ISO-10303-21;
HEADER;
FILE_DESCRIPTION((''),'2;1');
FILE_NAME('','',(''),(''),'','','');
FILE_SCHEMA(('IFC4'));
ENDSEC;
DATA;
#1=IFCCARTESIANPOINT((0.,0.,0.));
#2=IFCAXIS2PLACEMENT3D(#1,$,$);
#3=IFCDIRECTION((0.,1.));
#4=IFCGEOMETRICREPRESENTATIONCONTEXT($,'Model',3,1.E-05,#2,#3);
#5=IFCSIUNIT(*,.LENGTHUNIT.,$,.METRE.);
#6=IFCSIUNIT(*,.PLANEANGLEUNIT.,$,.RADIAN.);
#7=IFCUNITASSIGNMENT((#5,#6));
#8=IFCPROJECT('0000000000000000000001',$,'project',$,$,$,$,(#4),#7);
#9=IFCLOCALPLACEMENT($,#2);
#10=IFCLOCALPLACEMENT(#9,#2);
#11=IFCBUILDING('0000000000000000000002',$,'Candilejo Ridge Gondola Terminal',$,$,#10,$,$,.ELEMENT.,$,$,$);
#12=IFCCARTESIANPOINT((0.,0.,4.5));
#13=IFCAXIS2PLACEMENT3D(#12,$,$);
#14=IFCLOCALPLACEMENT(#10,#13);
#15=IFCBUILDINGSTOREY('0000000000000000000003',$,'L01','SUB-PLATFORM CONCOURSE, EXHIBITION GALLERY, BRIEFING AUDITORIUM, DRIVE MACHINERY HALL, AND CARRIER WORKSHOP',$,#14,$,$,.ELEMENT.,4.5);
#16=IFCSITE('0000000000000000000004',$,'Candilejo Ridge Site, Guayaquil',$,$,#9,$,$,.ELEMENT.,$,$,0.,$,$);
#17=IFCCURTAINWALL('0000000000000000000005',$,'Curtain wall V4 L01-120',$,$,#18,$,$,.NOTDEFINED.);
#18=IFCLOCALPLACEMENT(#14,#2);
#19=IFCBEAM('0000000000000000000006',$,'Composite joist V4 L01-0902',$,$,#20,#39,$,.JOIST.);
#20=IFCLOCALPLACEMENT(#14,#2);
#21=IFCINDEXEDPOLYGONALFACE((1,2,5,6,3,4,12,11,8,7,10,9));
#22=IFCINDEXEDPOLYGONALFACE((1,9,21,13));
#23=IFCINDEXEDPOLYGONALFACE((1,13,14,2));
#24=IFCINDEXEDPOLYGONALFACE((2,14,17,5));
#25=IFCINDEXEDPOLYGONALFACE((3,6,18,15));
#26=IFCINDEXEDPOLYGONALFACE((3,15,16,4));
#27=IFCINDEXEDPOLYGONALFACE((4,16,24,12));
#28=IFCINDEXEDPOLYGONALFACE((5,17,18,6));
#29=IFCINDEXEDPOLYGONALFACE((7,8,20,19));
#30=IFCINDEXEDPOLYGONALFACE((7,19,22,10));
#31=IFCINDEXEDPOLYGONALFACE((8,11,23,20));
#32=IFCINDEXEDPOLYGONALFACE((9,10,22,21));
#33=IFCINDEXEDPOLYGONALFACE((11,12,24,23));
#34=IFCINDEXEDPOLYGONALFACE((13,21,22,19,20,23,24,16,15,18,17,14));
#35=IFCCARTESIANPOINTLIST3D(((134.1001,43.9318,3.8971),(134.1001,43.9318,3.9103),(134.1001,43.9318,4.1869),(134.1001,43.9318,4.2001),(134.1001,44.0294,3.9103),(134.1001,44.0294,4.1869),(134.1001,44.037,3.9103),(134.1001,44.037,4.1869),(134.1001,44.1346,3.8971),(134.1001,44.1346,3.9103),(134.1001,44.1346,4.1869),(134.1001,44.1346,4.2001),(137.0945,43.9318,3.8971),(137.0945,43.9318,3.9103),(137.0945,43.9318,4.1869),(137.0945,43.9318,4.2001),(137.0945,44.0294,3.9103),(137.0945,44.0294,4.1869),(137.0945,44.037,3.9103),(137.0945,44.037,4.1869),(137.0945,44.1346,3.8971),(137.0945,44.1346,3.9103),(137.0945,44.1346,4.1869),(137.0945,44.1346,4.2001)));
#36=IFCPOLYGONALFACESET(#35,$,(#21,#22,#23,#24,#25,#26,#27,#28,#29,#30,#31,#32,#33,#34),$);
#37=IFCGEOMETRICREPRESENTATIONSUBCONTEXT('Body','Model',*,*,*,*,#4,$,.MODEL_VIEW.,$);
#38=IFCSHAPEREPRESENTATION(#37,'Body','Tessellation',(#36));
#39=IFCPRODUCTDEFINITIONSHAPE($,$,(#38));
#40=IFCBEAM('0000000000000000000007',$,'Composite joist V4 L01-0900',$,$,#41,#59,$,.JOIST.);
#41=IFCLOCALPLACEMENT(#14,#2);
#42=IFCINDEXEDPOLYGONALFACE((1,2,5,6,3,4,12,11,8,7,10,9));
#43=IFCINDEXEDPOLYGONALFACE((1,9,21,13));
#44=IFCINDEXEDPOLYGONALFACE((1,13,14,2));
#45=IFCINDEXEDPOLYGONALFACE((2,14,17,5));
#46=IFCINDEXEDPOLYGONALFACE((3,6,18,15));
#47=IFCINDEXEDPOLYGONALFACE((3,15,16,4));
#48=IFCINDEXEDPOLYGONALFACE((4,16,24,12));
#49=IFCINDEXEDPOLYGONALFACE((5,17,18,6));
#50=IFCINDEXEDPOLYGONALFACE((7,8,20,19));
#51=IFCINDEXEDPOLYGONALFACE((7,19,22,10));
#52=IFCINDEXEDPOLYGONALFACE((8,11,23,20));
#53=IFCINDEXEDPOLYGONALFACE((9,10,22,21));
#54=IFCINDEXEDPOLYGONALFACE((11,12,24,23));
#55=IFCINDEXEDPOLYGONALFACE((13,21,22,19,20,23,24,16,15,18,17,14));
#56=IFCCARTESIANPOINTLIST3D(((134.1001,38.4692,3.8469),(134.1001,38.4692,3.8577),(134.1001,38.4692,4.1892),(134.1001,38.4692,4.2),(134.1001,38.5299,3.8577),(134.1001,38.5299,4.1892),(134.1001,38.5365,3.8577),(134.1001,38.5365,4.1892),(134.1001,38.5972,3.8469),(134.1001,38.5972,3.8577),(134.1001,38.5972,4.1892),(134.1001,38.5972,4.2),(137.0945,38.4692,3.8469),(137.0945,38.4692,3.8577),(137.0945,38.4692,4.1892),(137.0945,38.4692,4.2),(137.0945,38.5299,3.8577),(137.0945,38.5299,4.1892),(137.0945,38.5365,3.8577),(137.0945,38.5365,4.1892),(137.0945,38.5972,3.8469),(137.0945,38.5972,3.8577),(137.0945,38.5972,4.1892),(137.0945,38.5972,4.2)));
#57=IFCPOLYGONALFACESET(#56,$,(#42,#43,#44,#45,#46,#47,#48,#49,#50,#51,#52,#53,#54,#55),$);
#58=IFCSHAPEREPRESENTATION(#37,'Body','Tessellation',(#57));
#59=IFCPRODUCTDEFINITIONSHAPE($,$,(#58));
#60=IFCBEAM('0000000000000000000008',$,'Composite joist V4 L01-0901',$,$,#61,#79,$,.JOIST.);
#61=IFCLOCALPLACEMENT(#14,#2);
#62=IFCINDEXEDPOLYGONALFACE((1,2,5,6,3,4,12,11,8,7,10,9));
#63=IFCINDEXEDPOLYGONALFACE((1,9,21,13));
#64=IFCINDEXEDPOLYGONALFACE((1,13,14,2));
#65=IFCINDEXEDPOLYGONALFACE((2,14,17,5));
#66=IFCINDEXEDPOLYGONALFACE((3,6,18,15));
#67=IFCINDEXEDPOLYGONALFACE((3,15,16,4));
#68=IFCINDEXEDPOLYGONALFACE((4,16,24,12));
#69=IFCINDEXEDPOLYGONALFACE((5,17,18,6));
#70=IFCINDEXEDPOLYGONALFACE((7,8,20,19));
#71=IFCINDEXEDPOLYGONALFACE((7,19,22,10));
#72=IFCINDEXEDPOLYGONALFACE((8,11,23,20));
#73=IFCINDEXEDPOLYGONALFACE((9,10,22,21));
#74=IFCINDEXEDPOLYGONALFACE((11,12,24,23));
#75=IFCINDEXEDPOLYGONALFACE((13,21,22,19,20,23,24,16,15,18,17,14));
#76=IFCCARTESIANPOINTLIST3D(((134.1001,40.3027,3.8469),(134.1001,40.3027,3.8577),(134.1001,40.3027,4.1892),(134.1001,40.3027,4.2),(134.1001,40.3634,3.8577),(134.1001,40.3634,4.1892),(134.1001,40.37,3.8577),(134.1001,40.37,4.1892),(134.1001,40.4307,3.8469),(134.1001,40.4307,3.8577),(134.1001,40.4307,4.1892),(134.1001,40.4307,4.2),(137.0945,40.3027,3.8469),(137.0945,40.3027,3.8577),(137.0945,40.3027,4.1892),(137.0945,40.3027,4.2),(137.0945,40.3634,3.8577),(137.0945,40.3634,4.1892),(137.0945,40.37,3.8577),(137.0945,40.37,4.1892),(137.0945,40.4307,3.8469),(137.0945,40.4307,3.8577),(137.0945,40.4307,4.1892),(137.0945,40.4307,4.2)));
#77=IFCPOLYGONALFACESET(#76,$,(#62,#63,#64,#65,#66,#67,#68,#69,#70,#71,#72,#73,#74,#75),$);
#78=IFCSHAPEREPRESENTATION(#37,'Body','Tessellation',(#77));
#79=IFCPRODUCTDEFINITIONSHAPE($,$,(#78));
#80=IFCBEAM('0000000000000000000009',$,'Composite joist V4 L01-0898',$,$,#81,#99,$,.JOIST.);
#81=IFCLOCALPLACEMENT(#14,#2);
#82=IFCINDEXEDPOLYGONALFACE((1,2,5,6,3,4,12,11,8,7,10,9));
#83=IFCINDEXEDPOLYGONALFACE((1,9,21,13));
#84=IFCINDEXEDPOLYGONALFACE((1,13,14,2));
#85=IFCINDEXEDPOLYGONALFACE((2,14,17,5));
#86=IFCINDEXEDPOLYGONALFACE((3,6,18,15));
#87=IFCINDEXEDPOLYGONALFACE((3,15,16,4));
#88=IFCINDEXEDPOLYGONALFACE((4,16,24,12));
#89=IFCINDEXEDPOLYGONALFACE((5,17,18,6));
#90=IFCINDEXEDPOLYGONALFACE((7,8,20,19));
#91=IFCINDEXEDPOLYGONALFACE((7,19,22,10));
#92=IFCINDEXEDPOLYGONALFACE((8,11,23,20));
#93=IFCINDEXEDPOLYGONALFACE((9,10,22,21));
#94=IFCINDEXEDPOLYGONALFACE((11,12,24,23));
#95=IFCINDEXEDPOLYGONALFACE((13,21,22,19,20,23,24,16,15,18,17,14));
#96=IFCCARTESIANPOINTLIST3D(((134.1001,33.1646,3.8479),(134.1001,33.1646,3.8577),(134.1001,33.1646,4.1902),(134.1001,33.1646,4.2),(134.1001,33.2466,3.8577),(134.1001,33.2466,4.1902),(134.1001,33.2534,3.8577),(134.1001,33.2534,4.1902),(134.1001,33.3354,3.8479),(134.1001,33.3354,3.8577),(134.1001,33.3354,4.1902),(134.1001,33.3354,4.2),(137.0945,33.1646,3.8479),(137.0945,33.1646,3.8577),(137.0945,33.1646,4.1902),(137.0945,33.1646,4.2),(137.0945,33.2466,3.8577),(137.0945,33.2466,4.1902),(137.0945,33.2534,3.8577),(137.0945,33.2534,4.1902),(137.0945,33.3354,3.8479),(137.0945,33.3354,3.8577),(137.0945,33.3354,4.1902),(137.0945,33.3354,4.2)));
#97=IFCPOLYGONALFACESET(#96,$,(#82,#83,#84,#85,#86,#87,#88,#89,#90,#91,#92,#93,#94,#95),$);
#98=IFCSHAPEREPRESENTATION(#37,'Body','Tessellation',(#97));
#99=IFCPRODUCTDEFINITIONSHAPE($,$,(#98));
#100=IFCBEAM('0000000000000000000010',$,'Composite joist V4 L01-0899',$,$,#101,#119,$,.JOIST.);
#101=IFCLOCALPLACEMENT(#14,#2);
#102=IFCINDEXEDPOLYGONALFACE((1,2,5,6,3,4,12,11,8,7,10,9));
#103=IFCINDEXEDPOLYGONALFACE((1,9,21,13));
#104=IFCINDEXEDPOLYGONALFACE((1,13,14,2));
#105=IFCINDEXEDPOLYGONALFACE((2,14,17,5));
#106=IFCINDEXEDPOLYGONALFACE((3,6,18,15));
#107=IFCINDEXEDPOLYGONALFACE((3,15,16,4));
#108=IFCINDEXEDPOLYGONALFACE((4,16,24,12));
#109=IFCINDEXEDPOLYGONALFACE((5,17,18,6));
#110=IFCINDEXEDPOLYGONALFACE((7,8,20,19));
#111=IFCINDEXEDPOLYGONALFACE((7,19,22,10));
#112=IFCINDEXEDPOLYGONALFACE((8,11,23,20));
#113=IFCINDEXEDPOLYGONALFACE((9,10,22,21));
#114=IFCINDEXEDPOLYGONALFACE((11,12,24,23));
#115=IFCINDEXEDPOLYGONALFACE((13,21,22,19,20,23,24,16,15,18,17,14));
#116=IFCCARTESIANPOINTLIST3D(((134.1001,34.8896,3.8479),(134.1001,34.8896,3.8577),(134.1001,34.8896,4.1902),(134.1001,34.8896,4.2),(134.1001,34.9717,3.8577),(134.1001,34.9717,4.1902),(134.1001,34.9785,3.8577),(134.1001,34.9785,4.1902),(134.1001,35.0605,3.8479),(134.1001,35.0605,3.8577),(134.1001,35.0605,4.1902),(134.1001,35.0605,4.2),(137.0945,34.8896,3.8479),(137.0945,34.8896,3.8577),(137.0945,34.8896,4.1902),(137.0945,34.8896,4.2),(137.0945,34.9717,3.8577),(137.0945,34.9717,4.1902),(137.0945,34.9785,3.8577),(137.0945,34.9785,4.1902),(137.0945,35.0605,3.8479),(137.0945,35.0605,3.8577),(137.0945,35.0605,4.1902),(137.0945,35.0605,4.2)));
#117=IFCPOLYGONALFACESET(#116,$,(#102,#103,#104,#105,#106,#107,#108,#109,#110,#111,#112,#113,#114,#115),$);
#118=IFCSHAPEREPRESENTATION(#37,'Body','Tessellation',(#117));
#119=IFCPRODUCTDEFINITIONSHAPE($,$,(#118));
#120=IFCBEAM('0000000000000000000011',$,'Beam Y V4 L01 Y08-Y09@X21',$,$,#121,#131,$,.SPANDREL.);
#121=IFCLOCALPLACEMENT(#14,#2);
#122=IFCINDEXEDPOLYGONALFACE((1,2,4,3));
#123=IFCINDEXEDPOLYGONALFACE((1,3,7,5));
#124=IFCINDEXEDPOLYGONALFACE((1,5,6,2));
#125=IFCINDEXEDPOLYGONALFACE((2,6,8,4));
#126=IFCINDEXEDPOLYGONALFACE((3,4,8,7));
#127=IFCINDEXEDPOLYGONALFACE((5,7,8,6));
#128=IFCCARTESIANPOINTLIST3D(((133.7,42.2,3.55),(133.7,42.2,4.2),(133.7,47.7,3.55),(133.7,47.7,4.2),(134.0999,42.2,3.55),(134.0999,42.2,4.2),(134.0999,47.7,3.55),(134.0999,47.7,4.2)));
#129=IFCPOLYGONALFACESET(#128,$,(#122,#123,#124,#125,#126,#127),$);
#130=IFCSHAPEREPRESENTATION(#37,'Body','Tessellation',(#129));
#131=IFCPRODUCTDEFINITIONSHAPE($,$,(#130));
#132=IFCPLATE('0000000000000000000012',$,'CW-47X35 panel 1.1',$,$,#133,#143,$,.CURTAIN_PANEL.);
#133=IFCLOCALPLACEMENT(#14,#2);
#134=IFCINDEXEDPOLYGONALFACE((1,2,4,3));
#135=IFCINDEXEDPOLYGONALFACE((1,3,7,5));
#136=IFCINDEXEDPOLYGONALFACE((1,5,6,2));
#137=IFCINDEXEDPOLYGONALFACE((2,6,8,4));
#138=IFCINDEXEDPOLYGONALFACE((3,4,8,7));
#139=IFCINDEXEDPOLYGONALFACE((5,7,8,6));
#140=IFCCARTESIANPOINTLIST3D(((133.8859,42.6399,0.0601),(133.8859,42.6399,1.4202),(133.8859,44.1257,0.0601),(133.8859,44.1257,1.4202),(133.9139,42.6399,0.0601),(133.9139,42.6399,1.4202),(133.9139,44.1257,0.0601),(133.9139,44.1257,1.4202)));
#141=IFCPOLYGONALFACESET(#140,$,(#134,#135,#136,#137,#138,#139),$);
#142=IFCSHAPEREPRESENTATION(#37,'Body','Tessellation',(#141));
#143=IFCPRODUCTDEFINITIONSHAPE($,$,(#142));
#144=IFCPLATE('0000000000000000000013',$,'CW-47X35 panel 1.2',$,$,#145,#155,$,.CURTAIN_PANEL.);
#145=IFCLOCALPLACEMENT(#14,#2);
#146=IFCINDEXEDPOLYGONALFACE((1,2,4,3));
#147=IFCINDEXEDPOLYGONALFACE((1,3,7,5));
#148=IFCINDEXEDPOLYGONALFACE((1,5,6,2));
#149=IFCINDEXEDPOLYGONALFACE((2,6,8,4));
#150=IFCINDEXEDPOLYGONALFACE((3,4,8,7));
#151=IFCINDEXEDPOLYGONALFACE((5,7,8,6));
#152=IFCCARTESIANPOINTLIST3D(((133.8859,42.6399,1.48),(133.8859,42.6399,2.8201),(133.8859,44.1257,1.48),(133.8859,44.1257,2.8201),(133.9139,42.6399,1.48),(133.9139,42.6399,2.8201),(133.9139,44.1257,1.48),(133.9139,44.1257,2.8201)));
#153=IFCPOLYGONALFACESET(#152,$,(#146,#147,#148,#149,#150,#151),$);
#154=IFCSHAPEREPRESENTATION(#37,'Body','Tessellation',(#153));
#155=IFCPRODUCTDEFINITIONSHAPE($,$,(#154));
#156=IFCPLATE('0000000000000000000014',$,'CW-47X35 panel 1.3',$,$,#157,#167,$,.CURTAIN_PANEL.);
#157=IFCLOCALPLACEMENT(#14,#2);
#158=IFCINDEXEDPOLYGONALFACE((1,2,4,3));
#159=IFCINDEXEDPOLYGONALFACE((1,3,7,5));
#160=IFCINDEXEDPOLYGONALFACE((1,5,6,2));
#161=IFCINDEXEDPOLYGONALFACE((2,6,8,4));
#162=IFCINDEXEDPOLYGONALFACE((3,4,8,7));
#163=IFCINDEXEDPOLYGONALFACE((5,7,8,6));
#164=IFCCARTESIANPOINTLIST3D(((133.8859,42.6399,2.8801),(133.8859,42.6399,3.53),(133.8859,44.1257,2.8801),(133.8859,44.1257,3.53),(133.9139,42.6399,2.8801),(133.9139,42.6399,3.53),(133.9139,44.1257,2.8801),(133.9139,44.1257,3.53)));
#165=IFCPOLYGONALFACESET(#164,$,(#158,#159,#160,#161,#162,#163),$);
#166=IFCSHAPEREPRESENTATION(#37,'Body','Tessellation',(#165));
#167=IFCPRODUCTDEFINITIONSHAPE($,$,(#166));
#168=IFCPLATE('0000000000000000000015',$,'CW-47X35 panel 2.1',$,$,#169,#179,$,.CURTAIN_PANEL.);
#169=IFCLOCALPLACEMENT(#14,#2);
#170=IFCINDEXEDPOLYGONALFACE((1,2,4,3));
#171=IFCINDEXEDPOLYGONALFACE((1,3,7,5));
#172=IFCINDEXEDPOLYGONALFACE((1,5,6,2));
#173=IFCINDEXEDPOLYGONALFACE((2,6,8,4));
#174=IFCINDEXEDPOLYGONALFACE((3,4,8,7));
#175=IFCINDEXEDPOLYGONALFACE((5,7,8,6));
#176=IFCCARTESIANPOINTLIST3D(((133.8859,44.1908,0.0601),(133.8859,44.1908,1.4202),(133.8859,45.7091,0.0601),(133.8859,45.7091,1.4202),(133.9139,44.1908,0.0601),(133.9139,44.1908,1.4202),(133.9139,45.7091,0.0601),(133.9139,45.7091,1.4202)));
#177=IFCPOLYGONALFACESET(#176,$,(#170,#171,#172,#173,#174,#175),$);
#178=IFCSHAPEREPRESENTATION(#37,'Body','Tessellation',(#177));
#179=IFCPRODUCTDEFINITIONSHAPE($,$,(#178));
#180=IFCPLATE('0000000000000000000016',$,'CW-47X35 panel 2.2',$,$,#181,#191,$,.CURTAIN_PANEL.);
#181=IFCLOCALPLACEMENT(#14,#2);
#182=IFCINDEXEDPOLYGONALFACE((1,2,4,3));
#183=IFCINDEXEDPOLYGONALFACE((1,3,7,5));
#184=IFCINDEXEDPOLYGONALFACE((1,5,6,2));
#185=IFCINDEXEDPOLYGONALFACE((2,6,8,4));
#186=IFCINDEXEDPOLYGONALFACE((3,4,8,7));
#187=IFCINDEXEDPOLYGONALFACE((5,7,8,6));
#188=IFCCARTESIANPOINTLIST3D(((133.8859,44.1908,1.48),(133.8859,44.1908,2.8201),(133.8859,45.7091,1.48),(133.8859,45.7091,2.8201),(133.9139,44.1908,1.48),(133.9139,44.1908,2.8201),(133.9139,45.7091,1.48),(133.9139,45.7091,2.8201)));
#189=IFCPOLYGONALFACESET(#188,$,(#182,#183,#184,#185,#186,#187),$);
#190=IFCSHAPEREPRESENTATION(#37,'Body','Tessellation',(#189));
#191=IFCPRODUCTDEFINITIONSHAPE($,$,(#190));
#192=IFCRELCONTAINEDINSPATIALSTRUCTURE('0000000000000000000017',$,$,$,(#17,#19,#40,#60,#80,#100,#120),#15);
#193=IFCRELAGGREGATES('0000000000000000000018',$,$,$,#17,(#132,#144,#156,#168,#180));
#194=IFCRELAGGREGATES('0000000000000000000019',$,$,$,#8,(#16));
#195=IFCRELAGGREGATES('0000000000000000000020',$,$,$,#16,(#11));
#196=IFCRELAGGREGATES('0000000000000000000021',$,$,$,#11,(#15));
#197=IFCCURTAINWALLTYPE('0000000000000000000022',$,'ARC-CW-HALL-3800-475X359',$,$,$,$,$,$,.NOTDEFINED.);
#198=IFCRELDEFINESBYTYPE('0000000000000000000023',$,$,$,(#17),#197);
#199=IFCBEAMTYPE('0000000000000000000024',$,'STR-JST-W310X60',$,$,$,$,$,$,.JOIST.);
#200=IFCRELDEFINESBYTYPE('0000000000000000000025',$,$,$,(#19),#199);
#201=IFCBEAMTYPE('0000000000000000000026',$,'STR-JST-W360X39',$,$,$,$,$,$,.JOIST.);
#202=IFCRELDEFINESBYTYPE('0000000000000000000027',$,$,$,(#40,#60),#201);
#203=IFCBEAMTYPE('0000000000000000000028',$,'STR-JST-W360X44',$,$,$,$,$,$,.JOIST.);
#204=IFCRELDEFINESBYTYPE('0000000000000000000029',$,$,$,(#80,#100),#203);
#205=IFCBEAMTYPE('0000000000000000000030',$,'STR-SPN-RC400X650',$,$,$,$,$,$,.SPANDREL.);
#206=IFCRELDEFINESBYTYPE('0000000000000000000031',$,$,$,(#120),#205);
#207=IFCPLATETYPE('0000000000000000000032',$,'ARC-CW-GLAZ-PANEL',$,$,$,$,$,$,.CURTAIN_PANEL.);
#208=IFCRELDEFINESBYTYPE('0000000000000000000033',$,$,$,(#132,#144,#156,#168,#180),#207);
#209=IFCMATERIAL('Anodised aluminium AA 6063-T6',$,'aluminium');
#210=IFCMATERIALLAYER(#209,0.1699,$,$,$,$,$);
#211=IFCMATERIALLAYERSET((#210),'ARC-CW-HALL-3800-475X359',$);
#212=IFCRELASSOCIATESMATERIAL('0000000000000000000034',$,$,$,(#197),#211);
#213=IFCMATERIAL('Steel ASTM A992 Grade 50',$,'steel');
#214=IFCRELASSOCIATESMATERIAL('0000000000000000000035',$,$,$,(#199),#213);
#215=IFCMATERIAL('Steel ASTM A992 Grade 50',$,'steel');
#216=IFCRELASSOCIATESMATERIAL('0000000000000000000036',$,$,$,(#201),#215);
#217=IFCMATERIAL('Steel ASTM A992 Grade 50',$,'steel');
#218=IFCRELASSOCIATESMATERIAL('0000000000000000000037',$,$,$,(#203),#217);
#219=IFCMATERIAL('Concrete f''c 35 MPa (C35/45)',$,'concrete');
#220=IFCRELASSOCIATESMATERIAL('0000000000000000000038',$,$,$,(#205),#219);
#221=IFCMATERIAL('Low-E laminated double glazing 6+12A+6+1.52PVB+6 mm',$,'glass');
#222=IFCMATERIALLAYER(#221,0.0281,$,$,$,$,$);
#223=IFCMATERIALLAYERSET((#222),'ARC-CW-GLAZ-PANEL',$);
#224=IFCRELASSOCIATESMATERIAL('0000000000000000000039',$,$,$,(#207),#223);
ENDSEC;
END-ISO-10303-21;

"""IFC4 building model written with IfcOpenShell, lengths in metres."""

from ifc_helpers import new_model, si_unit, direction, frame, origin, origin_2d, place, context, subcontext, project, spatial, rectangle, i_section, extrude, material, layer, layer_set, material_profile, profile_set, type_object, element, aggregate, save


model = new_model("IFC4")

# Units and contexts
model_context = context("Model", 3, precision=1e-05, world=origin(), true_north=direction((0.0, 1.0)))
body_context = subcontext(model_context, "Body", "Model", "MODEL_VIEW")
ifc_project = project(units=[si_unit("LENGTHUNIT", "METRE"), si_unit("PLANEANGLEUNIT", "RADIAN")], contexts=[model_context])

# Site, building, storey
site_placement = place(None, origin())
site = spatial("IfcSite", under=ifc_project, at=site_placement, Name="Candilejo Ridge Site, Guayaquil", CompositionType="ELEMENT", RefElevation=0.0)
building_placement = place(site_placement, origin())
building = spatial("IfcBuilding", under=site, at=building_placement, Name="Candilejo Ridge Gondola Terminal", CompositionType="ELEMENT")
storey_placement = place(building_placement, frame((0.0, 0.0, 4.5)))
storey = spatial("IfcBuildingStorey", under=building, at=storey_placement, Name="L01", Description="SUB-PLATFORM CONCOURSE, EXHIBITION GALLERY, BRIEFING AUDITORIUM, DRIVE MACHINERY HALL, AND CARRIER WORKSHOP", CompositionType="ELEMENT", Elevation=4.5)

# Curtain wall
ifc_material_1 = material(Name="Anodised aluminium AA 6063-T6", Category="aluminium")
ifc_layer_1 = layer(ifc_material_1, 0.1699)
ifc_layer_set_1 = layer_set([ifc_layer_1], Name="ARC-CW-HALL-3800-475X359")
curtain_wall_type = type_object("IfcCurtainWallType", Name="ARC-CW-HALL-3800-475X359", PredefinedType="NOTDEFINED", material=ifc_layer_set_1)
curtain_wall_placement = place(storey_placement, origin())
curtain_wall = element("IfcCurtainWall", 1, at=curtain_wall_placement, inside=storey, type_object=curtain_wall_type, Name="Curtain wall V4 L01-120", PredefinedType="NOTDEFINED")

# Beams
ifc_material_2 = material(Name="Steel ASTM A992 Grade 50", Category="steel")
ifc_material_profile_1 = material_profile(ifc_material_2, i_section(OverallWidth=0.2029, OverallDepth=0.303, WebThickness=0.0076, FlangeThickness=0.0132, at=origin_2d()))
ifc_profile_set_1 = profile_set([ifc_material_profile_1], Name="Steel ASTM A992 Grade 50")
beam_type_1 = type_object("IfcBeamType", Name="STR-JST-W310X60", PredefinedType="JOIST", material=ifc_profile_set_1)
beam_1_placement = place(storey_placement, frame((134.1001, 44.0332, 4.0486), z_axis=(1.0, 0.0, 0.0), x_axis=(0.0, 1.0, 0.0)))
element("IfcBeam", 2, at=beam_1_placement, inside=storey, type_object=beam_type_1, Name="Composite joist V4 L01-0902", PredefinedType="JOIST", context=body_context, shape_type="SweptSolid", body=[
    extrude(i_section(OverallWidth=0.2029, OverallDepth=0.303, WebThickness=0.0076, FlangeThickness=0.0132, at=origin_2d()), origin(), (0.0, 0.0, 1.0), 2.9944),
])
ifc_material_3 = material(Name="Steel ASTM A992 Grade 50", Category="steel")
ifc_material_profile_2 = material_profile(ifc_material_3, i_section(OverallWidth=0.1279, OverallDepth=0.353, WebThickness=0.0066, FlangeThickness=0.0107, at=origin_2d()))
ifc_profile_set_2 = profile_set([ifc_material_profile_2], Name="Steel ASTM A992 Grade 50")
beam_type_2 = type_object("IfcBeamType", Name="STR-JST-W360X39", PredefinedType="JOIST", material=ifc_profile_set_2)
for number, where, z_axis, x_axis, name in (
    (3, (134.1001, 38.5332, 4.0234), (1.0, 0.0, 0.0), (0.0, 1.0, 0.0), "Composite joist V4 L01-0900"),
    (4, (134.1001, 40.3667, 4.0234), (1.0, 0.0, 0.0), (0.0, 1.0, 0.0), "Composite joist V4 L01-0901"),
):
    element("IfcBeam", number, at=place(storey_placement, frame(where, z_axis=z_axis, x_axis=x_axis)), inside=storey, type_object=beam_type_2, Name=name, PredefinedType="JOIST", context=body_context, shape_type="SweptSolid", body=[
        extrude(i_section(OverallWidth=0.1279, OverallDepth=0.353, WebThickness=0.0066, FlangeThickness=0.0107, at=origin_2d()), origin(), (0.0, 0.0, 1.0), 2.9944),
    ])
ifc_material_4 = material(Name="Steel ASTM A992 Grade 50", Category="steel")
ifc_material_profile_3 = material_profile(ifc_material_4, i_section(OverallWidth=0.1709, OverallDepth=0.3521, WebThickness=0.0068, FlangeThickness=0.0098, at=origin_2d()))
ifc_profile_set_3 = profile_set([ifc_material_profile_3], Name="Steel ASTM A992 Grade 50")
beam_type_3 = type_object("IfcBeamType", Name="STR-JST-W360X44", PredefinedType="JOIST", material=ifc_profile_set_3)
for number, where, z_axis, x_axis, name in (
    (5, (134.1001, 33.25, 4.0239), (1.0, 0.0, 0.0), (0.0, 1.0, 0.0), "Composite joist V4 L01-0898"),
    (6, (134.1001, 34.9751, 4.0239), (1.0, 0.0, 0.0), (0.0, 1.0, 0.0), "Composite joist V4 L01-0899"),
):
    element("IfcBeam", number, at=place(storey_placement, frame(where, z_axis=z_axis, x_axis=x_axis)), inside=storey, type_object=beam_type_3, Name=name, PredefinedType="JOIST", context=body_context, shape_type="SweptSolid", body=[
        extrude(i_section(OverallWidth=0.1709, OverallDepth=0.3521, WebThickness=0.0068, FlangeThickness=0.0098, at=origin_2d()), origin(), (0.0, 0.0, 1.0), 2.9944),
    ])
ifc_material_5 = material(Name="Concrete f'c 35 MPa (C35/45)", Category="concrete")
ifc_material_profile_4 = material_profile(ifc_material_5, rectangle(XDim=0.3999, YDim=0.6499, at=origin_2d()))
ifc_profile_set_4 = profile_set([ifc_material_profile_4], Name="Concrete f'c 35 MPa (C35/45)")
beam_type_4 = type_object("IfcBeamType", Name="STR-SPN-RC400X650", PredefinedType="SPANDREL", material=ifc_profile_set_4)
beam_2_placement = place(storey_placement, frame((133.8999, 42.2, 3.875), z_axis=(0.0, 1.0, 0.0), x_axis=(-1.0, 0.0, 0.0)))
element("IfcBeam", 7, at=beam_2_placement, inside=storey, type_object=beam_type_4, Name="Beam Y V4 L01 Y08-Y09@X21", PredefinedType="SPANDREL", context=body_context, shape_type="SweptSolid", body=[
    extrude(rectangle(XDim=0.3999, YDim=0.6499, at=origin_2d()), origin(), (0.0, 0.0, 1.0), 5.5),
])

# Plates
ifc_material_6 = material(Name="Low-E laminated double glazing 6+12A+6+1.52PVB+6 mm", Category="glass")
ifc_layer_2 = layer(ifc_material_6, 0.0281)
ifc_layer_set_2 = layer_set([ifc_layer_2], Name="ARC-CW-GLAZ-PANEL")
plate_type_1 = type_object("IfcPlateType", Name="ARC-CW-GLAZ-PANEL", PredefinedType="CURTAIN_PANEL", material=ifc_layer_set_2)
plate_1_placement = place(storey_placement, frame((133.8999, 43.3828, 0.0601), z_axis=(0.0, 0.0, 1.0), x_axis=(0.0, 1.0, 0.0)))
plate_1 = element("IfcPlate", 8, at=plate_1_placement, type_object=plate_type_1, Name="CW-47X35 panel 1.1", PredefinedType="CURTAIN_PANEL", context=body_context, shape_type="SweptSolid", body=[
    extrude(rectangle(XDim=1.4858, YDim=0.0281, at=origin_2d()), origin(), (0.0, 0.0, 1.0), 1.3601),
])
plate_2_placement = place(storey_placement, frame((133.8999, 43.3828, 1.48), z_axis=(0.0, 0.0, 1.0), x_axis=(0.0, 1.0, 0.0)))
plate_2 = element("IfcPlate", 9, at=plate_2_placement, type_object=plate_type_1, Name="CW-47X35 panel 1.2", PredefinedType="CURTAIN_PANEL", context=body_context, shape_type="SweptSolid", body=[
    extrude(rectangle(XDim=1.4858, YDim=0.0281, at=origin_2d()), origin(), (0.0, 0.0, 1.0), 1.3401),
])
plate_3_placement = place(storey_placement, frame((133.8999, 43.3828, 2.8801), z_axis=(0.0, 0.0, 1.0), x_axis=(0.0, 1.0, 0.0)))
plate_3 = element("IfcPlate", 10, at=plate_3_placement, type_object=plate_type_1, Name="CW-47X35 panel 1.3", PredefinedType="CURTAIN_PANEL", context=body_context, shape_type="SweptSolid", body=[
    extrude(rectangle(XDim=1.4858, YDim=0.0281, at=origin_2d()), origin(), (0.0, 0.0, 1.0), 0.6499),
])
plate_4_placement = place(storey_placement, frame((133.8999, 44.95, 0.0601), z_axis=(0.0, 0.0, 1.0), x_axis=(0.0, 1.0, 0.0)))
plate_4 = element("IfcPlate", 11, at=plate_4_placement, type_object=plate_type_1, Name="CW-47X35 panel 2.1", PredefinedType="CURTAIN_PANEL", context=body_context, shape_type="SweptSolid", body=[
    extrude(rectangle(XDim=1.5183, YDim=0.0281, at=origin_2d()), origin(), (0.0, 0.0, 1.0), 1.3601),
])
plate_5_placement = place(storey_placement, frame((133.8999, 44.95, 1.48), z_axis=(0.0, 0.0, 1.0), x_axis=(0.0, 1.0, 0.0)))
plate_5 = element("IfcPlate", 12, at=plate_5_placement, type_object=plate_type_1, Name="CW-47X35 panel 2.2", PredefinedType="CURTAIN_PANEL", context=body_context, shape_type="SweptSolid", body=[
    extrude(rectangle(XDim=1.5183, YDim=0.0281, at=origin_2d()), origin(), (0.0, 0.0, 1.0), 1.3401),
])
aggregate(curtain_wall, [plate_1, plate_2, plate_3, plate_4, plate_5])

save(model, "model.ifc")
